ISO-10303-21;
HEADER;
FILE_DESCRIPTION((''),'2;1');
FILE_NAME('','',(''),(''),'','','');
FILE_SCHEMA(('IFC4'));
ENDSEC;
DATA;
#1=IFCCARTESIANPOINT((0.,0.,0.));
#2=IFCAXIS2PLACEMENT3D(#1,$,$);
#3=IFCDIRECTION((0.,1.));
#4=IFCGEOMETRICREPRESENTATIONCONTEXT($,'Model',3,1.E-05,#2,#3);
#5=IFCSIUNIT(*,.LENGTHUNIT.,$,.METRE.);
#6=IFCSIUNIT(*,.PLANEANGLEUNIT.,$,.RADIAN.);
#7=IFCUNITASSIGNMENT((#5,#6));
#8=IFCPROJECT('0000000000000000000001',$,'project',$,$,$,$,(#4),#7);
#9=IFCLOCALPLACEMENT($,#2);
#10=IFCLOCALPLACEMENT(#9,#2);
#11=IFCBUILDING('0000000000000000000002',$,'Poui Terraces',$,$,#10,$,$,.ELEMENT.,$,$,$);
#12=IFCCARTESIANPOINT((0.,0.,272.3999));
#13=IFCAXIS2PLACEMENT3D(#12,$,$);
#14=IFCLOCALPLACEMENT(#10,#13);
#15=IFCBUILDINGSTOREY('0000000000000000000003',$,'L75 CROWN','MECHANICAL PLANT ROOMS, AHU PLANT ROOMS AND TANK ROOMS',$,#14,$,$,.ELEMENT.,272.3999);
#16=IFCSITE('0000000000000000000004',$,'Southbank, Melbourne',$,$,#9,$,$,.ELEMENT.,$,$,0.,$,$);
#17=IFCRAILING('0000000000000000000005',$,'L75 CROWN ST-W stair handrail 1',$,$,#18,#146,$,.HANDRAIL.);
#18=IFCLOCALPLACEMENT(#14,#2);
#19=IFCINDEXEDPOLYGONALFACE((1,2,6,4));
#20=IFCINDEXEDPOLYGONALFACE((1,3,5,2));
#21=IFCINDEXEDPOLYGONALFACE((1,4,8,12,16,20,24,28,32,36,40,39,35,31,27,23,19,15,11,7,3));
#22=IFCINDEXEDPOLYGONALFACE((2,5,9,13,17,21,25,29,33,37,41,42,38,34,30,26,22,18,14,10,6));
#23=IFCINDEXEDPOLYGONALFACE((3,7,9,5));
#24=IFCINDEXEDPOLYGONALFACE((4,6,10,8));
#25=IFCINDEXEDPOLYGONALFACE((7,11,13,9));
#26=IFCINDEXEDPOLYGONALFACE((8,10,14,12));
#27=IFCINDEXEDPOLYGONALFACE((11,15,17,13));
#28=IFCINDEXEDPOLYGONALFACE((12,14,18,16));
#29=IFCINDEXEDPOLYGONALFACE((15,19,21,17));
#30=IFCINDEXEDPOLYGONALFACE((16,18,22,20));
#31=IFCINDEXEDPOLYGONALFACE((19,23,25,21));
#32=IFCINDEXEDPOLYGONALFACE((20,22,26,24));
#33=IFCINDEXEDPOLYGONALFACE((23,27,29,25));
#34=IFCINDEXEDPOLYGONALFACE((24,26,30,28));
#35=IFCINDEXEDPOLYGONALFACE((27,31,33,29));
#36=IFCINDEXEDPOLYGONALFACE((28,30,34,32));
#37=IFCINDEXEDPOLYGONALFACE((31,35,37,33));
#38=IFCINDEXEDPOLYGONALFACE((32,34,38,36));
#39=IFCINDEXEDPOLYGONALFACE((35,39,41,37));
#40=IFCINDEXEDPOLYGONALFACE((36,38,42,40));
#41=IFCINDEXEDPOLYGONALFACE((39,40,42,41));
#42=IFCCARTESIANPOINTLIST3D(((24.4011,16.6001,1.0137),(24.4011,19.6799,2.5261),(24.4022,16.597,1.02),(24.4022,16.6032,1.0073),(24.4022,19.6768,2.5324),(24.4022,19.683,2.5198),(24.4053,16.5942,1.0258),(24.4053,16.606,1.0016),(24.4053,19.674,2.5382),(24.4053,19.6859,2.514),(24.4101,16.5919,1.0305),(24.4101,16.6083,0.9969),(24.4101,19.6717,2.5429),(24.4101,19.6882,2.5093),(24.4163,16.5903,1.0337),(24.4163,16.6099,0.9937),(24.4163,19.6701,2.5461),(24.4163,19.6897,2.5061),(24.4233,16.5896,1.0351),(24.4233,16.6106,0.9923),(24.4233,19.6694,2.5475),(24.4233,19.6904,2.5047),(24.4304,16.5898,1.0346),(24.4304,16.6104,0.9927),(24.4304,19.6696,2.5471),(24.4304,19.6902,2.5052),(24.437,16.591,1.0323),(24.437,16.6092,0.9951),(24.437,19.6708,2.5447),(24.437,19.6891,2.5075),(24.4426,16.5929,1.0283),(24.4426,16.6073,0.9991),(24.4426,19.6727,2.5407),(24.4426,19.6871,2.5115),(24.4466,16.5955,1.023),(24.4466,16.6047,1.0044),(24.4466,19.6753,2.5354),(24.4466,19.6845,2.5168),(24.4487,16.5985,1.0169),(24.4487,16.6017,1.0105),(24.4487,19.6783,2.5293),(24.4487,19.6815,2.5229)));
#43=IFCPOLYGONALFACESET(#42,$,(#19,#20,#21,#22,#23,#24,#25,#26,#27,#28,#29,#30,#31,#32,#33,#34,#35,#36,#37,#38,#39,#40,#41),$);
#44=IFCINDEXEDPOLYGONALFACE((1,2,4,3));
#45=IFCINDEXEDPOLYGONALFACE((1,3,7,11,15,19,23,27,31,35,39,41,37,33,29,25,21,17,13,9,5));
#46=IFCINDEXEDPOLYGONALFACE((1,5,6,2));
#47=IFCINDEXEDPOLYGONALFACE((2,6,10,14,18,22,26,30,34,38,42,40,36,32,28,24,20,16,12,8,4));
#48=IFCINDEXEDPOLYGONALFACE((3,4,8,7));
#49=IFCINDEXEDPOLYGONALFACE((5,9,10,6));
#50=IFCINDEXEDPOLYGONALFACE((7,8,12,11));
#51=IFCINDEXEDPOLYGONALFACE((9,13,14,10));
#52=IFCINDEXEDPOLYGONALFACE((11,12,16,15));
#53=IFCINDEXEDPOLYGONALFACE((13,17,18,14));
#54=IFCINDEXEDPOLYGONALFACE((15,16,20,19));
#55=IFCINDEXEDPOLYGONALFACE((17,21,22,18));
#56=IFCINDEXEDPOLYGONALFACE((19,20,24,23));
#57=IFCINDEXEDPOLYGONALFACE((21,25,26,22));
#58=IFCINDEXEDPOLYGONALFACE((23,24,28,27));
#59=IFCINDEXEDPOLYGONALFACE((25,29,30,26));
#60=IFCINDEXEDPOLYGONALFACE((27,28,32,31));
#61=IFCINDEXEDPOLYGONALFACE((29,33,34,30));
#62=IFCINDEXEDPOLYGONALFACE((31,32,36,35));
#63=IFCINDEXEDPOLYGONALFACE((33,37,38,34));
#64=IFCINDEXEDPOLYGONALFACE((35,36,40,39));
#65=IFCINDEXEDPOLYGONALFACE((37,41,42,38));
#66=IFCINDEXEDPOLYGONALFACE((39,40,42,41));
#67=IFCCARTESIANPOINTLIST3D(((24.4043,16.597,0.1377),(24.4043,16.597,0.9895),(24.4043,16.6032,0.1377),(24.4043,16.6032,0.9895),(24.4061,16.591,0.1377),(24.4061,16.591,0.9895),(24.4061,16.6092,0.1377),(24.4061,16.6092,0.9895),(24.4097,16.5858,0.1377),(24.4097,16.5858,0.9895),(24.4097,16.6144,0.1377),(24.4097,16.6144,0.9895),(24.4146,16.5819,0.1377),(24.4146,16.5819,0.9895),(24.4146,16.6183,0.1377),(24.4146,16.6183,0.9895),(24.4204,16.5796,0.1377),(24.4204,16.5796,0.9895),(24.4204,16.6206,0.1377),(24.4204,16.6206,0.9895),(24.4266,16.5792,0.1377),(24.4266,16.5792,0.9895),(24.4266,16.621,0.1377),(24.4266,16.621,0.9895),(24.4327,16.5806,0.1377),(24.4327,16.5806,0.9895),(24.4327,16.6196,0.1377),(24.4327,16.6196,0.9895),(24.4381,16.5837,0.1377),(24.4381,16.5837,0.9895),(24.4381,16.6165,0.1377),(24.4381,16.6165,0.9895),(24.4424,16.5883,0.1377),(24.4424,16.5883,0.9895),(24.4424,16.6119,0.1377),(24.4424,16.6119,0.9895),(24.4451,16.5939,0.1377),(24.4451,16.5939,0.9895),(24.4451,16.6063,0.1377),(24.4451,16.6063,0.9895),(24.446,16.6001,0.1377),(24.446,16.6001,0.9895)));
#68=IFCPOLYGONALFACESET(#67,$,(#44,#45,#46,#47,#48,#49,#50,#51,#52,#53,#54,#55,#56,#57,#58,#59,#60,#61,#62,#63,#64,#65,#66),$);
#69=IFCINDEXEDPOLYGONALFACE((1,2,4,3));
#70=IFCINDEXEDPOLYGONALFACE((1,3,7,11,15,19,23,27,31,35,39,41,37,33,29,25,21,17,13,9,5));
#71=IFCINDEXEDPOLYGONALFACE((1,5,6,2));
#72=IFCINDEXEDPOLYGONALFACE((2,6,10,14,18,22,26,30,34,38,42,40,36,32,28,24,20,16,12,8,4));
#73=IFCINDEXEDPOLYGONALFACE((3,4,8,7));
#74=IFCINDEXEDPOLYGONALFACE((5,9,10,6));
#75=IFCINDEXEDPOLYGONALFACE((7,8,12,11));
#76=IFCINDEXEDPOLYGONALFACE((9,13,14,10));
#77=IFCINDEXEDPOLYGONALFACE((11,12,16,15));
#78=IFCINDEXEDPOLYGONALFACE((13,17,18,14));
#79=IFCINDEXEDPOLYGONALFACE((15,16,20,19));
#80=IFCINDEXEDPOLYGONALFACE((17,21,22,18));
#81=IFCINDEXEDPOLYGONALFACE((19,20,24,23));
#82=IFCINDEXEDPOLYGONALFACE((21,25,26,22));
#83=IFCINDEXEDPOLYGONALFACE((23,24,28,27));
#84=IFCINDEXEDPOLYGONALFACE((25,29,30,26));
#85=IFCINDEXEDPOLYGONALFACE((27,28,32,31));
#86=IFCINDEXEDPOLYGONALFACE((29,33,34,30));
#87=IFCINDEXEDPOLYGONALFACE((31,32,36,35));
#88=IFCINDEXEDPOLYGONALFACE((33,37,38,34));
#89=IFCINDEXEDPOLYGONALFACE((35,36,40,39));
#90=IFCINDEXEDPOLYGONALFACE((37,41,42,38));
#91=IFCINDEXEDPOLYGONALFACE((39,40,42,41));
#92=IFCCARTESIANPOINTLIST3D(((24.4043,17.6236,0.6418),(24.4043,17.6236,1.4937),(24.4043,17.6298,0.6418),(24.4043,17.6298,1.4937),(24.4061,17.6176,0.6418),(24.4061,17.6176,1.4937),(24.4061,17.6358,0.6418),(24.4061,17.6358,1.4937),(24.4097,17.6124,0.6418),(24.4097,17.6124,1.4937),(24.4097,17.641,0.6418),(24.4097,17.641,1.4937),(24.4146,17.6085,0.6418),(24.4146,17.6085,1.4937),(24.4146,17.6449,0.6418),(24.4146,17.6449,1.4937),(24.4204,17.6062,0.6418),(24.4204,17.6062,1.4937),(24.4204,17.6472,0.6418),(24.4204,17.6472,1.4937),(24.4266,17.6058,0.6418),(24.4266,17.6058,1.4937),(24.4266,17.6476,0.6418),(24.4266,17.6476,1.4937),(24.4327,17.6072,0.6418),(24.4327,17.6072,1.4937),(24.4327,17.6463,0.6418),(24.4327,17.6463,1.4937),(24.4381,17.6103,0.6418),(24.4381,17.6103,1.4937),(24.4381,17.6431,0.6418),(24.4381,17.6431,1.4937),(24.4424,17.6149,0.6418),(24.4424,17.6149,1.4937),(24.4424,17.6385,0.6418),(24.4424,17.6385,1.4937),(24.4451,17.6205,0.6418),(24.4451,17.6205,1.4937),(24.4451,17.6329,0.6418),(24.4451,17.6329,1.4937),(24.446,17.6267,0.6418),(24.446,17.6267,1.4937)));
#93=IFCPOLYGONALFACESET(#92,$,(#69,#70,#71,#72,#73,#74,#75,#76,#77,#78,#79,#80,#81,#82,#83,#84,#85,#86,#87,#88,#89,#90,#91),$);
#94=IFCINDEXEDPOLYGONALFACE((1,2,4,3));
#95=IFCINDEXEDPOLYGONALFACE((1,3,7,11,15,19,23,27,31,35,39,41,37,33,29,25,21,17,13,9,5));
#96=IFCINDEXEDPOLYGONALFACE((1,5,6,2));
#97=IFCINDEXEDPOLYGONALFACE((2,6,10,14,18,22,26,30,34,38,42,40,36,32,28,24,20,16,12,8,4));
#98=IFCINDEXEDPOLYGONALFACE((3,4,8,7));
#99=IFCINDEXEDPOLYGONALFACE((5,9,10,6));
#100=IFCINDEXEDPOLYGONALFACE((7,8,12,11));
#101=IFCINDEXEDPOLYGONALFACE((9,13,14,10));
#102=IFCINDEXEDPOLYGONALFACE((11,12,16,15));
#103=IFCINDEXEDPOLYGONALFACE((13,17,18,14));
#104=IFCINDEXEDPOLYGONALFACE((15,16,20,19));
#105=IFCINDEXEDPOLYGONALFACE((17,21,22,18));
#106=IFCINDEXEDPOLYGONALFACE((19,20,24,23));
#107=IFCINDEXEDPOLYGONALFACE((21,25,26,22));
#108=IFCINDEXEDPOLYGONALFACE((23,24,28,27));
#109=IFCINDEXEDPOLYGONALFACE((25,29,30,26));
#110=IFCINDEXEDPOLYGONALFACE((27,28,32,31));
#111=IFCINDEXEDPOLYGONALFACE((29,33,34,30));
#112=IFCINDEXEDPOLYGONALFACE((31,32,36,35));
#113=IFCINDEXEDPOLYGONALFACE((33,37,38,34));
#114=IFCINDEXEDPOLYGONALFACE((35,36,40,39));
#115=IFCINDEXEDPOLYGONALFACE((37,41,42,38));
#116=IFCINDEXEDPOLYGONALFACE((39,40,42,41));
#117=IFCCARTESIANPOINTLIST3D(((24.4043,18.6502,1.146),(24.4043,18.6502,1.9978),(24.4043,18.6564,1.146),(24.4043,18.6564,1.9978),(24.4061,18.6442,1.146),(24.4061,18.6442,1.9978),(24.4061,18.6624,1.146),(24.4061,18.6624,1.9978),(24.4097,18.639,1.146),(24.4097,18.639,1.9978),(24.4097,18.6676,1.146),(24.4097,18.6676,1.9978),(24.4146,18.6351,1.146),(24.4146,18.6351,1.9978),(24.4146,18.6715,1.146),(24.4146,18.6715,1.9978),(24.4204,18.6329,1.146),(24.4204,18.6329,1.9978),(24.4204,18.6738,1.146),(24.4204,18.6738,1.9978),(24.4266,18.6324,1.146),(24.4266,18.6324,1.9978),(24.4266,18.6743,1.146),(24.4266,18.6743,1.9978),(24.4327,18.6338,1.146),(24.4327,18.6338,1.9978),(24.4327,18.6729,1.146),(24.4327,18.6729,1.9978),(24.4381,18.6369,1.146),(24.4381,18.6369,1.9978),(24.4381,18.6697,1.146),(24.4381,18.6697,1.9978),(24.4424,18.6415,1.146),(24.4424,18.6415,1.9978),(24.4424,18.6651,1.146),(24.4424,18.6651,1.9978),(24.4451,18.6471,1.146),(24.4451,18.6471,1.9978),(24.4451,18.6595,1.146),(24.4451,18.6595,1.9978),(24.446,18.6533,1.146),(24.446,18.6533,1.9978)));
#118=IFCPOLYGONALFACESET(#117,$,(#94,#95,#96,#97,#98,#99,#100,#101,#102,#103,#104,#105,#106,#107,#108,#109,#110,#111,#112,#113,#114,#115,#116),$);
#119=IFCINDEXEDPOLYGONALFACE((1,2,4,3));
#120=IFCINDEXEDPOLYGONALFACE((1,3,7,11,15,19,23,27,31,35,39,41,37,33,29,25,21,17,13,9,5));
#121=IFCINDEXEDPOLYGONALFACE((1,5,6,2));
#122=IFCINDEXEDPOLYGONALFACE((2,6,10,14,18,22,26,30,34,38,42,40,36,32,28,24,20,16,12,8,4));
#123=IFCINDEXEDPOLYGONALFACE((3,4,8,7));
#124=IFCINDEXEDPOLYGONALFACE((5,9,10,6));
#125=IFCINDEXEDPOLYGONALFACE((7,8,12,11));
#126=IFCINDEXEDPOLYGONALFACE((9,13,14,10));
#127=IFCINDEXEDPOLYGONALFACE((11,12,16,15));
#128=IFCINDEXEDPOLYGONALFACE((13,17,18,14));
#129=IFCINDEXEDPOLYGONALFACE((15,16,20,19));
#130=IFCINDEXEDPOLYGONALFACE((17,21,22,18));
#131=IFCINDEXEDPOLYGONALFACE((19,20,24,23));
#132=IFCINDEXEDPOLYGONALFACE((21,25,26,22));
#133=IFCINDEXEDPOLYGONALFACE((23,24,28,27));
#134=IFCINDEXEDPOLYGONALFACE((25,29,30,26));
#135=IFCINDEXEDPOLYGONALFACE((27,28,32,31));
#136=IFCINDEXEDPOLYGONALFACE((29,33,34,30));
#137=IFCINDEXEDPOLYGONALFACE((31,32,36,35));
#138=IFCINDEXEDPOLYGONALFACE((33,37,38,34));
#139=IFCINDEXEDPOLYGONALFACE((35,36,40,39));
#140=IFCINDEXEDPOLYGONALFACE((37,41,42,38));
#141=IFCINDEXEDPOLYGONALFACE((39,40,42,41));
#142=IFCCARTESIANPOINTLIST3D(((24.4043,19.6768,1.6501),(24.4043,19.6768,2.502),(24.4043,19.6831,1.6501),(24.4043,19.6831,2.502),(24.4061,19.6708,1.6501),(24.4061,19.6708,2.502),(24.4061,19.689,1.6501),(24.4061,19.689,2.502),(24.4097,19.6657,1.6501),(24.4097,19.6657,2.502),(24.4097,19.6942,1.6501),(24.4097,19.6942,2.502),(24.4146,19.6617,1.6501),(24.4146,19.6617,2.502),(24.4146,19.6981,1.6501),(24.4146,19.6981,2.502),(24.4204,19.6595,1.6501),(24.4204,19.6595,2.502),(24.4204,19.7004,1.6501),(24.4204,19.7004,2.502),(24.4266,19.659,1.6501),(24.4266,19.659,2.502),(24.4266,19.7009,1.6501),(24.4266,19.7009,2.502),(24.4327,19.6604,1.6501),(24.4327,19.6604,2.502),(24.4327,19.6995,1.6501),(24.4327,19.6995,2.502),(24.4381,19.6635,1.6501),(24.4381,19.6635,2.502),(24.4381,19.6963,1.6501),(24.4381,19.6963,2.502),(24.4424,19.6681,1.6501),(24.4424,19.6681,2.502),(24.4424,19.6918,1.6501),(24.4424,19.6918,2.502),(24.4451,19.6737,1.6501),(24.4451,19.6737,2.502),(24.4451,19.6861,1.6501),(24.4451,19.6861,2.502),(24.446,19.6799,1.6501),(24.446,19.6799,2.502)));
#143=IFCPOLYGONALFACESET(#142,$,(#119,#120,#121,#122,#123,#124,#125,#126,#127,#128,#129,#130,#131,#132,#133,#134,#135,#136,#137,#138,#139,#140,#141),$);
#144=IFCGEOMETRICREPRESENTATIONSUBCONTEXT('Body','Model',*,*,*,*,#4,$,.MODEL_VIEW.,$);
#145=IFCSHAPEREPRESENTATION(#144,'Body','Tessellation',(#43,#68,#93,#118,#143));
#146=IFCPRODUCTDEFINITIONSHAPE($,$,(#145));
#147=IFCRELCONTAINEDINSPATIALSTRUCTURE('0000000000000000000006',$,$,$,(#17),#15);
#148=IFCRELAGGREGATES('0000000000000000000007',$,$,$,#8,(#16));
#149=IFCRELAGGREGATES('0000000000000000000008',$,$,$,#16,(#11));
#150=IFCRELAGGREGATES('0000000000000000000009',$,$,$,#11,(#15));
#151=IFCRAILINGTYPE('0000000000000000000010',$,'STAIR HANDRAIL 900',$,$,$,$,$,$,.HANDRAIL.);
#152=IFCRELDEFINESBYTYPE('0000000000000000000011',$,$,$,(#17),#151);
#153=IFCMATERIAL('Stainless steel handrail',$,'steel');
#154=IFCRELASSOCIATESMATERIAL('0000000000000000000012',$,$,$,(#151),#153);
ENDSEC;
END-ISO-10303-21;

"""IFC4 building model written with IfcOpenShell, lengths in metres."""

from ifc_helpers import new_model, si_unit, direction, frame, origin, origin_2d, place, context, subcontext, project, spatial, circle, extrude, material, type_object, element, save


model = new_model("IFC4")

# Units and contexts
model_context = context("Model", 3, precision=1e-05, world=origin(), true_north=direction((0.0, 1.0)))
body_context = subcontext(model_context, "Body", "Model", "MODEL_VIEW")
ifc_project = project(units=[si_unit("LENGTHUNIT", "METRE"), si_unit("PLANEANGLEUNIT", "RADIAN")], contexts=[model_context])

# Site, building, storey
site_placement = place(None, origin())
site = spatial("IfcSite", under=ifc_project, at=site_placement, Name="Southbank, Melbourne", CompositionType="ELEMENT", RefElevation=0.0)
building_placement = place(site_placement, origin())
building = spatial("IfcBuilding", under=site, at=building_placement, Name="Poui Terraces", CompositionType="ELEMENT")
storey_placement = place(building_placement, frame((0.0, 0.0, 272.3999)))
storey = spatial("IfcBuildingStorey", under=building, at=storey_placement, Name="L75 CROWN", Description="MECHANICAL PLANT ROOMS, AHU PLANT ROOMS AND TANK ROOMS", CompositionType="ELEMENT", Elevation=272.3999)

# Railing
ifc_material_1 = material(Name="Stainless steel handrail", Category="steel")
railing_type_1 = type_object("IfcRailingType", Name="STAIR HANDRAIL 900", PredefinedType="HANDRAIL", material=ifc_material_1)
railing_1_placement = place(storey_placement, frame((24.425, 16.6001, 0.1377)))
element("IfcRailing", 1, at=railing_1_placement, inside=storey, type_object=railing_type_1, Name="L75 CROWN ST-W stair handrail 1", PredefinedType="HANDRAIL", context=body_context, shape_type="SweptSolid", body=[
    extrude(circle(Radius=0.0239, at=origin_2d()), frame((0.0, 0.0, 0.876), z_axis=(0.0, 0.897606, 0.440798), x_axis=(-1.0, 0.0, 0.0)), (0.0, 0.0, 1.0), 3.4312),
    extrude(circle(Radius=0.021, at=origin_2d()), origin(), (0.0, 0.0, 1.0), 0.8518),
    extrude(circle(Radius=0.021, at=origin_2d()), frame((0.0, 1.0266, 0.5042)), (0.0, 0.0, 1.0), 0.8518),
    extrude(circle(Radius=0.021, at=origin_2d()), frame((0.0, 2.0532, 1.0083)), (0.0, 0.0, 1.0), 0.8518),
    extrude(circle(Radius=0.021, at=origin_2d()), frame((0.0, 3.0798, 1.5125)), (0.0, 0.0, 1.0), 0.8518),
])

save(model, "model.ifc")
